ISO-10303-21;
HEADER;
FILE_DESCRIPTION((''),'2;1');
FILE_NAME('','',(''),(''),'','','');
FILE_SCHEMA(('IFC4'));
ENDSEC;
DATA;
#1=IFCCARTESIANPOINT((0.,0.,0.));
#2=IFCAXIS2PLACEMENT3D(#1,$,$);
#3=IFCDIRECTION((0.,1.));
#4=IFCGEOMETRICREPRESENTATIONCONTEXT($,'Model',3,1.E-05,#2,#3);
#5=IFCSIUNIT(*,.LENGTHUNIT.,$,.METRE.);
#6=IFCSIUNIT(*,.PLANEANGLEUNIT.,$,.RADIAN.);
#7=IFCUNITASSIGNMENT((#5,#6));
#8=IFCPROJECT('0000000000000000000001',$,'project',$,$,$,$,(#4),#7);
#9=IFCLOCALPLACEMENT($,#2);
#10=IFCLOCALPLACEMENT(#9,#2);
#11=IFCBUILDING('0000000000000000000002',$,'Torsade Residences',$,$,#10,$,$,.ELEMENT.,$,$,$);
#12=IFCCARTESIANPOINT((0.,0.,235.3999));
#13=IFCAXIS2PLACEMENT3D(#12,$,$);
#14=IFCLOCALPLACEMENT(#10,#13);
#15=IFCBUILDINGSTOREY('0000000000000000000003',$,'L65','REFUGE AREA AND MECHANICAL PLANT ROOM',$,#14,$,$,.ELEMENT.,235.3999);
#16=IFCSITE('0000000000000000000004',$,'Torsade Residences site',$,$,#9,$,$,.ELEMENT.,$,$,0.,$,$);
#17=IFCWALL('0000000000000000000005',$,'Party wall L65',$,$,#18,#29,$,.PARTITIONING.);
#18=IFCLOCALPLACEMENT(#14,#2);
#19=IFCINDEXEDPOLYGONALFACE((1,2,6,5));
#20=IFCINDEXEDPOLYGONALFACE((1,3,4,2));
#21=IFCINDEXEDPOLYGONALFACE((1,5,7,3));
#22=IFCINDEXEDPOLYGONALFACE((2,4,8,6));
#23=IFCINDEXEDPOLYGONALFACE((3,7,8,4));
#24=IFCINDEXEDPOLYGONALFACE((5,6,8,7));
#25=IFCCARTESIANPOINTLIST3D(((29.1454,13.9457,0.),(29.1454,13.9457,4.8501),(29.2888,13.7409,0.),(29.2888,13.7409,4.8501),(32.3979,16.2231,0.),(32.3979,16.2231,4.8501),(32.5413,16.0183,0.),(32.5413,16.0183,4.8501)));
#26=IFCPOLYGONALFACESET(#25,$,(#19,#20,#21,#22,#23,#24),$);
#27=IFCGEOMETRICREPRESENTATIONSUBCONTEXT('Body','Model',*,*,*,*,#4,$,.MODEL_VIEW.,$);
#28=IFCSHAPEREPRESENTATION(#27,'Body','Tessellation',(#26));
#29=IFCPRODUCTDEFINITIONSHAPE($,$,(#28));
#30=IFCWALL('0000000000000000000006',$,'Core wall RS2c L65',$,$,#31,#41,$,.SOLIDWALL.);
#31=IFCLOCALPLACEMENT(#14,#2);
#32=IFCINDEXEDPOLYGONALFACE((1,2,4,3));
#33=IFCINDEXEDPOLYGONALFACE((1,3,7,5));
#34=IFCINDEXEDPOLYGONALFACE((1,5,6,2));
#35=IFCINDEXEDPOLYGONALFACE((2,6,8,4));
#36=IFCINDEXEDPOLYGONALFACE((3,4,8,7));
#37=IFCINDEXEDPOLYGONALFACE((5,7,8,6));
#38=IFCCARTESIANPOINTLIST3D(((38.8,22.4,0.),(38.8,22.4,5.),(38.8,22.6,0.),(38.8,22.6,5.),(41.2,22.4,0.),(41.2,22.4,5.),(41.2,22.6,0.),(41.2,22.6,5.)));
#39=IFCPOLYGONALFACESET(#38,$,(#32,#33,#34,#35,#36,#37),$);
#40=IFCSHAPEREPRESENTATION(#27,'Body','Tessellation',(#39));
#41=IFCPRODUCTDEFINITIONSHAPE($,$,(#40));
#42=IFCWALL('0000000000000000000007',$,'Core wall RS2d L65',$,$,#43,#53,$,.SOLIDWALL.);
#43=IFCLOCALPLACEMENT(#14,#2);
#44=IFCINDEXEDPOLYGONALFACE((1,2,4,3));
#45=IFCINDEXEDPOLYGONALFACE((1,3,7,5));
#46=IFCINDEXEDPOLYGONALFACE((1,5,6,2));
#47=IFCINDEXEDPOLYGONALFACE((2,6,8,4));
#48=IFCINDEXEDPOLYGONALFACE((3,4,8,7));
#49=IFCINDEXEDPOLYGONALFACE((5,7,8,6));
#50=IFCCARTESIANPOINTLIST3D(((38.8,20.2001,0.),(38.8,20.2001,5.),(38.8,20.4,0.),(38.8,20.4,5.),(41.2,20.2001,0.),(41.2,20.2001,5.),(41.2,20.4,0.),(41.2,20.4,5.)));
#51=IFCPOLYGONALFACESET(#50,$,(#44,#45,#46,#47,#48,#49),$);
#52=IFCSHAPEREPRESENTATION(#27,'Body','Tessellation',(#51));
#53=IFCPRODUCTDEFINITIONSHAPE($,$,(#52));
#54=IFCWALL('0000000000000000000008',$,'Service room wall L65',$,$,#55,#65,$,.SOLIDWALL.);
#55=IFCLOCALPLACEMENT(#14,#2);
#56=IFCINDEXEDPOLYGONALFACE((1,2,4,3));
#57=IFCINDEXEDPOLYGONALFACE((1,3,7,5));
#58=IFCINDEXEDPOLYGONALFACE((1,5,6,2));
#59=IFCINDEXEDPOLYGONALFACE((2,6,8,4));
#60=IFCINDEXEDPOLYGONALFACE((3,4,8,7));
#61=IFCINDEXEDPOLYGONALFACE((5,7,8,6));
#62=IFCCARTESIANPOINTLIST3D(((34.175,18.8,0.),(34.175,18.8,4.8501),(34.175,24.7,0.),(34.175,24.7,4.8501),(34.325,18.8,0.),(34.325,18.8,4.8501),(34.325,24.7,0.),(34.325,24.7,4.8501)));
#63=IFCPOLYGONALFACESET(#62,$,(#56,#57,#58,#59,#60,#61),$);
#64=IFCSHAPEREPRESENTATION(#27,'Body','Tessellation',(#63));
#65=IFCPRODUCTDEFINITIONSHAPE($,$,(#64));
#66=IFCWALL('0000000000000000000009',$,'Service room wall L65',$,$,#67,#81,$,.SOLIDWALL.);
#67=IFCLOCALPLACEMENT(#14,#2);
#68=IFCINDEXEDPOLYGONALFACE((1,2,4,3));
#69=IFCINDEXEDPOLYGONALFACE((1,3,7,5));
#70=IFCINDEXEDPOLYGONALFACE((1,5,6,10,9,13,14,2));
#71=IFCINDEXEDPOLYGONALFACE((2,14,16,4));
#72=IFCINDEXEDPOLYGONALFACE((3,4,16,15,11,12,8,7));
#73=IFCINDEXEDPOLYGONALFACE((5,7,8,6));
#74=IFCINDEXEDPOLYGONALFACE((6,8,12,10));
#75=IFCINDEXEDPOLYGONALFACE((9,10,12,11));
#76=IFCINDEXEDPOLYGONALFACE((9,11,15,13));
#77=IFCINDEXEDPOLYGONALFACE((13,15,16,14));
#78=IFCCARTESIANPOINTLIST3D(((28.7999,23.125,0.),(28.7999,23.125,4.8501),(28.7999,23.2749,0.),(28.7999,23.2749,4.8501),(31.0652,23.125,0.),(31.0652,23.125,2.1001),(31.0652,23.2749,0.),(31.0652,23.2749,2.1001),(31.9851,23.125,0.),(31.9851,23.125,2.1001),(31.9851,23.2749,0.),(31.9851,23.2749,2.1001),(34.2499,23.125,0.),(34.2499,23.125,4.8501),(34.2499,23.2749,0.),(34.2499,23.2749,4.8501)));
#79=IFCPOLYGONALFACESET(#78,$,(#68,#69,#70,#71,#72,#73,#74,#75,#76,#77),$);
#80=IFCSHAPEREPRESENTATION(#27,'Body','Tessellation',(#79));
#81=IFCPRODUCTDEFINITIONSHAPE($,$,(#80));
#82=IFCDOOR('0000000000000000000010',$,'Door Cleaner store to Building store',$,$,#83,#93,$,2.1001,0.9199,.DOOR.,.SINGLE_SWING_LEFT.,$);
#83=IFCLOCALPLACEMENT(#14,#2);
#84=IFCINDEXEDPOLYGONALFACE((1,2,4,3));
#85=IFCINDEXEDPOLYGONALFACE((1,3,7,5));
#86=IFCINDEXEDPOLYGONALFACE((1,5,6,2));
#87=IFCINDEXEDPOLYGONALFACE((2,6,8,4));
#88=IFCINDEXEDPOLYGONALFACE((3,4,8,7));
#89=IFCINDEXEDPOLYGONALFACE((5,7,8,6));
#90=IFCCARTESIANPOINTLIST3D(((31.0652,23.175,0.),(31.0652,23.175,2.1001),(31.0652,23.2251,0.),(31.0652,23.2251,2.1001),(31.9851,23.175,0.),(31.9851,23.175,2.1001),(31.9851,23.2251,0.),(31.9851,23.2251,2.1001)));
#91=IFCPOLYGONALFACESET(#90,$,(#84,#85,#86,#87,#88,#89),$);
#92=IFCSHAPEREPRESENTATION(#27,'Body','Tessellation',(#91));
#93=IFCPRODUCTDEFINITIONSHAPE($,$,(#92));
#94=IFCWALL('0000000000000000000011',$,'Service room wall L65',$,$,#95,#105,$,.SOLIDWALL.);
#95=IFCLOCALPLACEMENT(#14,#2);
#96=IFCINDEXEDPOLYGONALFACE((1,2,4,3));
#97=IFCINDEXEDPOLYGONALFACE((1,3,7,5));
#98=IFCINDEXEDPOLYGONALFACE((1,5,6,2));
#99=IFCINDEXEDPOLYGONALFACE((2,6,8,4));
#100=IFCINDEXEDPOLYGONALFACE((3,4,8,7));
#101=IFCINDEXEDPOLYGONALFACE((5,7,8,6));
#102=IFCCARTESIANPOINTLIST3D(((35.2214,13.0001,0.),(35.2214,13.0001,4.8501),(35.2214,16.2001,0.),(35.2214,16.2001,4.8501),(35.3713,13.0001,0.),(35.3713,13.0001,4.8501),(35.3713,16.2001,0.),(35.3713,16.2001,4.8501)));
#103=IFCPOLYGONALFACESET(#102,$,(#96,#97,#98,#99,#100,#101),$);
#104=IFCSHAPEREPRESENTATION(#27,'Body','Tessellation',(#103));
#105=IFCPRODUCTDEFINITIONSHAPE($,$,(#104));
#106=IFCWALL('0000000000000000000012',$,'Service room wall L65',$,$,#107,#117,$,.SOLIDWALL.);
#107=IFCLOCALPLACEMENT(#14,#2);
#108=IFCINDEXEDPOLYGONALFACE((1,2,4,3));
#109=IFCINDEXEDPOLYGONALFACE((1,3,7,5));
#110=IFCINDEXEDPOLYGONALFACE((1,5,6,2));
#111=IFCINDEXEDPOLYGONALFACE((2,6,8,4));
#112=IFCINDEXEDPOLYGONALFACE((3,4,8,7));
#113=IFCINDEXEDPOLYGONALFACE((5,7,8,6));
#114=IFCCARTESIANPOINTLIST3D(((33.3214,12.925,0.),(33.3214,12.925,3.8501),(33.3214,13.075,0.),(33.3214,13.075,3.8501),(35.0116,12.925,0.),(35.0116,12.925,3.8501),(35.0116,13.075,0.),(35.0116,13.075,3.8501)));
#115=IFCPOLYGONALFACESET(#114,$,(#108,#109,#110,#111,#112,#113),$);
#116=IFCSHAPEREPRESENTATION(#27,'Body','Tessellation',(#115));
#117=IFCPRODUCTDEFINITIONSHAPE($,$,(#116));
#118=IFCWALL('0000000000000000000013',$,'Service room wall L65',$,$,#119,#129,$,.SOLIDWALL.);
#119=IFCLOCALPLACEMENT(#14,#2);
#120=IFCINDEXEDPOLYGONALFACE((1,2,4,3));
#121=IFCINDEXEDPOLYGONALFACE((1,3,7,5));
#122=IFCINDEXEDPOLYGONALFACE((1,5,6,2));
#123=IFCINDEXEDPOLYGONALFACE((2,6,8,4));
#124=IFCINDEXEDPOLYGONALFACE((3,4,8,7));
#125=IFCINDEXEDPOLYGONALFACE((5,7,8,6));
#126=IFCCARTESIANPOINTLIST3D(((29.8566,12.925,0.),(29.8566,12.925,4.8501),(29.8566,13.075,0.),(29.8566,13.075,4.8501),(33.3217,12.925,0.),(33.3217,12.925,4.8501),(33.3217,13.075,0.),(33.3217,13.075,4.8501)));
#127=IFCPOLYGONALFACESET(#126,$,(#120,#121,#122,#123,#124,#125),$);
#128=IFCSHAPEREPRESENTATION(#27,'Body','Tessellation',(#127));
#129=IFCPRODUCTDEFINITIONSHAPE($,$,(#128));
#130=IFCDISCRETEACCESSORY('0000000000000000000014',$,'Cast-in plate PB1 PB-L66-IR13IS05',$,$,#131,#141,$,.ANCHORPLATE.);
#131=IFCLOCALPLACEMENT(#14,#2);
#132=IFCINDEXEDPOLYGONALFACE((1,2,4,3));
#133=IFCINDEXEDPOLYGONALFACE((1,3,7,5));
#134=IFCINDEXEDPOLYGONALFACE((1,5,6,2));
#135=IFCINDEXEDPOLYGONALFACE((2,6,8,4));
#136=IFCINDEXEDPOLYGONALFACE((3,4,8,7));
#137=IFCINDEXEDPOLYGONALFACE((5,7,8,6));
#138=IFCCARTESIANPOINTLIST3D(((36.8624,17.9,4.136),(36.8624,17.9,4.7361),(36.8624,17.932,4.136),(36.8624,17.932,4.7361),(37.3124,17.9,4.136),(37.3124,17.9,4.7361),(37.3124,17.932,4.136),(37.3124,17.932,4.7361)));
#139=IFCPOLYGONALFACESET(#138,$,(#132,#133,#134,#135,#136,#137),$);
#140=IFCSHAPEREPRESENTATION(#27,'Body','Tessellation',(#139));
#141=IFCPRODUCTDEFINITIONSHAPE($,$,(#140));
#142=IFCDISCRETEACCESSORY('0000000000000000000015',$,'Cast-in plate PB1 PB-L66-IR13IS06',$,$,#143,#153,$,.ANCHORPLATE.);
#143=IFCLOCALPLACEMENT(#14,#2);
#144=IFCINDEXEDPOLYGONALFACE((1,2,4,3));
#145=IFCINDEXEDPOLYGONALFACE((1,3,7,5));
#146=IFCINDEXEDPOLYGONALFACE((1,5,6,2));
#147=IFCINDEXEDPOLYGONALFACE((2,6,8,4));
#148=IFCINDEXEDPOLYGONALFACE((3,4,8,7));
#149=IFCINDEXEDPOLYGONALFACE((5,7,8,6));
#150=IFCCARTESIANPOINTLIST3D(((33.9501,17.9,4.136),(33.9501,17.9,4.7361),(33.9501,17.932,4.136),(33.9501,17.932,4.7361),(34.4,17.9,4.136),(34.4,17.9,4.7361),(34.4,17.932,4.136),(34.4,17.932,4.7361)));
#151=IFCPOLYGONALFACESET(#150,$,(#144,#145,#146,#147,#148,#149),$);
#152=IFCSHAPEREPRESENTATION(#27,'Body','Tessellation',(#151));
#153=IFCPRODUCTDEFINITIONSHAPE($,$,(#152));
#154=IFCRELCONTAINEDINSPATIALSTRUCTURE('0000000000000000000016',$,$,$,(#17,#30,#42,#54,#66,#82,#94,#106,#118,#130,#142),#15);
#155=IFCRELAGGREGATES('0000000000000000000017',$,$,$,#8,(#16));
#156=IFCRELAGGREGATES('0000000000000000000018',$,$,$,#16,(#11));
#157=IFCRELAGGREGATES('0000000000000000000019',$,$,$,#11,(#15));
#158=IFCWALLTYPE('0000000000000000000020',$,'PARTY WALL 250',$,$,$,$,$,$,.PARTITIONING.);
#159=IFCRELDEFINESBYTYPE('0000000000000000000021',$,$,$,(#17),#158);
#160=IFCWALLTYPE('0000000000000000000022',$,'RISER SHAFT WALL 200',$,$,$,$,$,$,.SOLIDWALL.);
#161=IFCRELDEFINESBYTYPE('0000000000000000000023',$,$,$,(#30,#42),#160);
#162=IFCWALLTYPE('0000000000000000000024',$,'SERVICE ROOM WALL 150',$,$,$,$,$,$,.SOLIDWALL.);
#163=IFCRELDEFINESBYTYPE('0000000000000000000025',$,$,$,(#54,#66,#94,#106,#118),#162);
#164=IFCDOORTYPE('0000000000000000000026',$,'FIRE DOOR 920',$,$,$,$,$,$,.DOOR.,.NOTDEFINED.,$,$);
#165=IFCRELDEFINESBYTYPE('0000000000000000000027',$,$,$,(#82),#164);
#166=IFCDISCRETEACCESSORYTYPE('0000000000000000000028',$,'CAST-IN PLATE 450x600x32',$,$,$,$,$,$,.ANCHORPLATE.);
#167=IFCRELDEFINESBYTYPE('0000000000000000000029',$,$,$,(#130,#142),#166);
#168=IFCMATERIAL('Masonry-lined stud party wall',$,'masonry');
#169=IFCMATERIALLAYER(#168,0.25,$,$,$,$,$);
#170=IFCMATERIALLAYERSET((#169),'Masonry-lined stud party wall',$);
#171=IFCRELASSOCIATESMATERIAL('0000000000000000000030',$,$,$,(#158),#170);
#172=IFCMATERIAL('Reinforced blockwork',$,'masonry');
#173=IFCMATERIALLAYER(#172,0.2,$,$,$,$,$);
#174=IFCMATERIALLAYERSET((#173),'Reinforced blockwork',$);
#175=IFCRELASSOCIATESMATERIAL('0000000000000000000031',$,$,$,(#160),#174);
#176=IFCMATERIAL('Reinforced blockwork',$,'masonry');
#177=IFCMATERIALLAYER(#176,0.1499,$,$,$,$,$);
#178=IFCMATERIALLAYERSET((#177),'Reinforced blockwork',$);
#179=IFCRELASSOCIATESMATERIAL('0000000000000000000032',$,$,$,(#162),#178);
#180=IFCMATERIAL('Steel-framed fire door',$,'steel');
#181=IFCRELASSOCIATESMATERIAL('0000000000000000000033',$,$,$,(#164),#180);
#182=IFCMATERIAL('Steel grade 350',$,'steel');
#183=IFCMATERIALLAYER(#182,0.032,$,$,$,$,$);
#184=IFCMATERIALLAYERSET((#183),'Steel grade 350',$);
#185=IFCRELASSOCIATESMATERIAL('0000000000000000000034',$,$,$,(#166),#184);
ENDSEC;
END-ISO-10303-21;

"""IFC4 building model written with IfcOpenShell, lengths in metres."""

from ifc_helpers import new_model, si_unit, direction, frame, frame_2d, origin, origin_2d, place, context, subcontext, project, spatial, rectangle, extrude, material, layer, layer_set, type_object, element, fill, save


model = new_model("IFC4")

# Units and contexts
model_context = context("Model", 3, precision=1e-05, world=origin(), true_north=direction((0.0, 1.0)))
body_context = subcontext(model_context, "Body", "Model", "MODEL_VIEW")
ifc_project = project(units=[si_unit("LENGTHUNIT", "METRE"), si_unit("PLANEANGLEUNIT", "RADIAN")], contexts=[model_context])

# Site, building, storey
site_placement = place(None, origin())
site = spatial("IfcSite", under=ifc_project, at=site_placement, Name="Torsade Residences site", CompositionType="ELEMENT", RefElevation=0.0)
building_placement = place(site_placement, origin())
building = spatial("IfcBuilding", under=site, at=building_placement, Name="Torsade Residences", CompositionType="ELEMENT")
storey_placement = place(building_placement, frame((0.0, 0.0, 235.3999)))
storey = spatial("IfcBuildingStorey", under=building, at=storey_placement, Name="L65", Description="REFUGE AREA AND MECHANICAL PLANT ROOM", CompositionType="ELEMENT", Elevation=235.3999)

# Walls
ifc_material_1 = material(Name="Masonry-lined stud party wall", Category="masonry")
ifc_layer_1 = layer(ifc_material_1, 0.25)
ifc_layer_set_1 = layer_set([ifc_layer_1], Name="Masonry-lined stud party wall")
wall_type_1 = type_object("IfcWallType", Name="PARTY WALL 250", PredefinedType="PARTITIONING", material=ifc_layer_set_1)
wall_1_placement = place(storey_placement, frame((29.217, 13.8433, 0.0), z_axis=(0.0, 0.0, 1.0), x_axis=(0.819157, 0.57357, 0.0)))
element("IfcWall", 1, at=wall_1_placement, inside=storey, type_object=wall_type_1, Name="Party wall L65", PredefinedType="PARTITIONING", context=body_context, shape_type="SweptSolid", body=[
    extrude(rectangle(XDim=3.9705, YDim=0.25, at=frame_2d((1.9854, 0.0))), origin(), (0.0, 0.0, 1.0), 4.8501),
])
ifc_material_2 = material(Name="Reinforced blockwork", Category="masonry")
ifc_layer_2 = layer(ifc_material_2, 0.2)
ifc_layer_set_2 = layer_set([ifc_layer_2], Name="Reinforced blockwork")
wall_type_2 = type_object("IfcWallType", Name="RISER SHAFT WALL 200", PredefinedType="SOLIDWALL", material=ifc_layer_set_2)
for number, where, z_axis, x_axis, name in (
    (2, (38.8, 22.5, 0.0), (0.0, 0.0, 1.0), (1.0, 0.0, 0.0), "Core wall RS2c L65"),
    (3, (38.8, 20.3, 0.0), (0.0, 0.0, 1.0), (1.0, 0.0, 0.0), "Core wall RS2d L65"),
):
    element("IfcWall", number, at=place(storey_placement, frame(where, z_axis=z_axis, x_axis=x_axis)), inside=storey, type_object=wall_type_2, Name=name, PredefinedType="SOLIDWALL", context=body_context, shape_type="SweptSolid", body=[
        extrude(rectangle(XDim=2.3999, YDim=0.2, at=frame_2d((1.2, 0.0))), origin(), (0.0, 0.0, 1.0), 5.0),
    ])
ifc_material_3 = material(Name="Reinforced blockwork", Category="masonry")
ifc_layer_3 = layer(ifc_material_3, 0.1499)
ifc_layer_set_3 = layer_set([ifc_layer_3], Name="Reinforced blockwork")
wall_type_3 = type_object("IfcWallType", Name="SERVICE ROOM WALL 150", PredefinedType="SOLIDWALL", material=ifc_layer_set_3)
wall_2_placement = place(storey_placement, frame((34.25, 18.8, 0.0), z_axis=(0.0, 0.0, 1.0), x_axis=(0.0, 1.0, 0.0)))
element("IfcWall", 4, at=wall_2_placement, inside=storey, type_object=wall_type_3, Name="Service room wall L65", PredefinedType="SOLIDWALL", context=body_context, shape_type="SweptSolid", body=[
    extrude(rectangle(XDim=5.8999, YDim=0.1499, at=frame_2d((2.95, 0.0))), origin(), (0.0, 0.0, 1.0), 4.8501),
])

# Wall, opening, door
wall_3_placement = place(storey_placement, frame((34.25, 23.2, 0.0), z_axis=(0.0, 0.0, 1.0), x_axis=(-1.0, 0.0, 0.0)))
wall_3 = element("IfcWall", 5, at=wall_3_placement, inside=storey, type_object=wall_type_3, Name="Service room wall L65", PredefinedType="SOLIDWALL", context=body_context, shape_type="SweptSolid", body=[
    extrude(rectangle(XDim=5.45, YDim=0.1499, at=frame_2d((2.7251, 0.0))), origin(), (0.0, 0.0, 1.0), 4.8501),
])
opening_placement = place(wall_3_placement, frame((2.2649, 0.0, 0.0)))
opening = element("IfcOpeningElement", 6, at=opening_placement, cuts=wall_3, PredefinedType="OPENING", context=body_context, shape_type="SweptSolid", body=[
    extrude(rectangle(XDim=0.9199, YDim=2.1001, at=frame_2d((0.46, 1.05))), frame((0.0, 0.085, 0.0), z_axis=(0.0, -1.0, 0.0), x_axis=(1.0, 0.0, 0.0)), (0.0, 0.0, 1.0), 0.1699),
])
ifc_material_4 = material(Name="Steel-framed fire door", Category="steel")
door_type = type_object("IfcDoorType", Name="FIRE DOOR 920", OperationType="NOTDEFINED", PredefinedType="DOOR", material=ifc_material_4)
door_placement = place(opening_placement, origin())
door = element("IfcDoor", 7, at=door_placement, inside=storey, type_object=door_type, Name="Door Cleaner store to Building store", OperationType="SINGLE_SWING_LEFT", OverallHeight=2.1001, OverallWidth=0.9199, PredefinedType="DOOR", context=body_context, shape_type="SweptSolid", body=[
    extrude(rectangle(XDim=0.9199, YDim=2.1001, at=frame_2d((0.46, 1.05))), frame((0.0, 0.0249, 0.0), z_axis=(0.0, -1.0, 0.0), x_axis=(1.0, 0.0, 0.0)), (0.0, 0.0, 1.0), 0.05),
])
fill(opening, door)

# Walls
wall_4_placement = place(storey_placement, frame((35.2964, 13.0, 0.0), z_axis=(0.0, 0.0, 1.0), x_axis=(0.0, 1.0, 0.0)))
element("IfcWall", 8, at=wall_4_placement, inside=storey, type_object=wall_type_3, Name="Service room wall L65", PredefinedType="SOLIDWALL", context=body_context, shape_type="SweptSolid", body=[
    extrude(rectangle(XDim=3.2, YDim=0.1499, at=frame_2d((1.6001, 0.0))), origin(), (0.0, 0.0, 1.0), 4.8501),
])
wall_5_placement = place(storey_placement, frame((35.0117, 13.0, 0.0), z_axis=(0.0, 0.0, 1.0), x_axis=(-1.0, 0.0, 0.0)))
element("IfcWall", 9, at=wall_5_placement, inside=storey, type_object=wall_type_3, Name="Service room wall L65", PredefinedType="SOLIDWALL", context=body_context, shape_type="SweptSolid", body=[
    extrude(rectangle(XDim=1.6902, YDim=0.1499, at=frame_2d((0.8452, 0.0))), origin(), (0.0, 0.0, 1.0), 3.8501),
])
wall_6_placement = place(storey_placement, frame((33.3215, 13.0, 0.0), z_axis=(0.0, 0.0, 1.0), x_axis=(-1.0, 0.0, 0.0)))
element("IfcWall", 10, at=wall_6_placement, inside=storey, type_object=wall_type_3, Name="Service room wall L65", PredefinedType="SOLIDWALL", context=body_context, shape_type="SweptSolid", body=[
    extrude(rectangle(XDim=3.4651, YDim=0.1499, at=frame_2d((1.7324, 0.0))), origin(), (0.0, 0.0, 1.0), 4.8501),
])

# Discrete accessories
ifc_material_5 = material(Name="Steel grade 350", Category="steel")
ifc_layer_4 = layer(ifc_material_5, 0.032)
ifc_layer_set_4 = layer_set([ifc_layer_4], Name="Steel grade 350")
discrete_accessory_type = type_object("IfcDiscreteAccessoryType", Name="CAST-IN PLATE 450x600x32", PredefinedType="ANCHORPLATE", material=ifc_layer_set_4)
for number, where, z_axis, x_axis, name in (
    (11, (37.0874, 17.916, 4.136), (0.0, 0.0, 1.0), (1.0, 0.0, 0.0), "Cast-in plate PB1 PB-L66-IR13IS05"),
    (12, (34.175, 17.916, 4.136), (0.0, 0.0, 1.0), (1.0, 0.0, 0.0), "Cast-in plate PB1 PB-L66-IR13IS06"),
):
    element("IfcDiscreteAccessory", number, at=place(storey_placement, frame(where, z_axis=z_axis, x_axis=x_axis)), inside=storey, type_object=discrete_accessory_type, Name=name, PredefinedType="ANCHORPLATE", context=body_context, shape_type="SweptSolid", body=[
        extrude(rectangle(XDim=0.45, YDim=0.032, at=origin_2d()), origin(), (0.0, 0.0, 1.0), 0.6001),
    ])

save(model, "model.ifc")
